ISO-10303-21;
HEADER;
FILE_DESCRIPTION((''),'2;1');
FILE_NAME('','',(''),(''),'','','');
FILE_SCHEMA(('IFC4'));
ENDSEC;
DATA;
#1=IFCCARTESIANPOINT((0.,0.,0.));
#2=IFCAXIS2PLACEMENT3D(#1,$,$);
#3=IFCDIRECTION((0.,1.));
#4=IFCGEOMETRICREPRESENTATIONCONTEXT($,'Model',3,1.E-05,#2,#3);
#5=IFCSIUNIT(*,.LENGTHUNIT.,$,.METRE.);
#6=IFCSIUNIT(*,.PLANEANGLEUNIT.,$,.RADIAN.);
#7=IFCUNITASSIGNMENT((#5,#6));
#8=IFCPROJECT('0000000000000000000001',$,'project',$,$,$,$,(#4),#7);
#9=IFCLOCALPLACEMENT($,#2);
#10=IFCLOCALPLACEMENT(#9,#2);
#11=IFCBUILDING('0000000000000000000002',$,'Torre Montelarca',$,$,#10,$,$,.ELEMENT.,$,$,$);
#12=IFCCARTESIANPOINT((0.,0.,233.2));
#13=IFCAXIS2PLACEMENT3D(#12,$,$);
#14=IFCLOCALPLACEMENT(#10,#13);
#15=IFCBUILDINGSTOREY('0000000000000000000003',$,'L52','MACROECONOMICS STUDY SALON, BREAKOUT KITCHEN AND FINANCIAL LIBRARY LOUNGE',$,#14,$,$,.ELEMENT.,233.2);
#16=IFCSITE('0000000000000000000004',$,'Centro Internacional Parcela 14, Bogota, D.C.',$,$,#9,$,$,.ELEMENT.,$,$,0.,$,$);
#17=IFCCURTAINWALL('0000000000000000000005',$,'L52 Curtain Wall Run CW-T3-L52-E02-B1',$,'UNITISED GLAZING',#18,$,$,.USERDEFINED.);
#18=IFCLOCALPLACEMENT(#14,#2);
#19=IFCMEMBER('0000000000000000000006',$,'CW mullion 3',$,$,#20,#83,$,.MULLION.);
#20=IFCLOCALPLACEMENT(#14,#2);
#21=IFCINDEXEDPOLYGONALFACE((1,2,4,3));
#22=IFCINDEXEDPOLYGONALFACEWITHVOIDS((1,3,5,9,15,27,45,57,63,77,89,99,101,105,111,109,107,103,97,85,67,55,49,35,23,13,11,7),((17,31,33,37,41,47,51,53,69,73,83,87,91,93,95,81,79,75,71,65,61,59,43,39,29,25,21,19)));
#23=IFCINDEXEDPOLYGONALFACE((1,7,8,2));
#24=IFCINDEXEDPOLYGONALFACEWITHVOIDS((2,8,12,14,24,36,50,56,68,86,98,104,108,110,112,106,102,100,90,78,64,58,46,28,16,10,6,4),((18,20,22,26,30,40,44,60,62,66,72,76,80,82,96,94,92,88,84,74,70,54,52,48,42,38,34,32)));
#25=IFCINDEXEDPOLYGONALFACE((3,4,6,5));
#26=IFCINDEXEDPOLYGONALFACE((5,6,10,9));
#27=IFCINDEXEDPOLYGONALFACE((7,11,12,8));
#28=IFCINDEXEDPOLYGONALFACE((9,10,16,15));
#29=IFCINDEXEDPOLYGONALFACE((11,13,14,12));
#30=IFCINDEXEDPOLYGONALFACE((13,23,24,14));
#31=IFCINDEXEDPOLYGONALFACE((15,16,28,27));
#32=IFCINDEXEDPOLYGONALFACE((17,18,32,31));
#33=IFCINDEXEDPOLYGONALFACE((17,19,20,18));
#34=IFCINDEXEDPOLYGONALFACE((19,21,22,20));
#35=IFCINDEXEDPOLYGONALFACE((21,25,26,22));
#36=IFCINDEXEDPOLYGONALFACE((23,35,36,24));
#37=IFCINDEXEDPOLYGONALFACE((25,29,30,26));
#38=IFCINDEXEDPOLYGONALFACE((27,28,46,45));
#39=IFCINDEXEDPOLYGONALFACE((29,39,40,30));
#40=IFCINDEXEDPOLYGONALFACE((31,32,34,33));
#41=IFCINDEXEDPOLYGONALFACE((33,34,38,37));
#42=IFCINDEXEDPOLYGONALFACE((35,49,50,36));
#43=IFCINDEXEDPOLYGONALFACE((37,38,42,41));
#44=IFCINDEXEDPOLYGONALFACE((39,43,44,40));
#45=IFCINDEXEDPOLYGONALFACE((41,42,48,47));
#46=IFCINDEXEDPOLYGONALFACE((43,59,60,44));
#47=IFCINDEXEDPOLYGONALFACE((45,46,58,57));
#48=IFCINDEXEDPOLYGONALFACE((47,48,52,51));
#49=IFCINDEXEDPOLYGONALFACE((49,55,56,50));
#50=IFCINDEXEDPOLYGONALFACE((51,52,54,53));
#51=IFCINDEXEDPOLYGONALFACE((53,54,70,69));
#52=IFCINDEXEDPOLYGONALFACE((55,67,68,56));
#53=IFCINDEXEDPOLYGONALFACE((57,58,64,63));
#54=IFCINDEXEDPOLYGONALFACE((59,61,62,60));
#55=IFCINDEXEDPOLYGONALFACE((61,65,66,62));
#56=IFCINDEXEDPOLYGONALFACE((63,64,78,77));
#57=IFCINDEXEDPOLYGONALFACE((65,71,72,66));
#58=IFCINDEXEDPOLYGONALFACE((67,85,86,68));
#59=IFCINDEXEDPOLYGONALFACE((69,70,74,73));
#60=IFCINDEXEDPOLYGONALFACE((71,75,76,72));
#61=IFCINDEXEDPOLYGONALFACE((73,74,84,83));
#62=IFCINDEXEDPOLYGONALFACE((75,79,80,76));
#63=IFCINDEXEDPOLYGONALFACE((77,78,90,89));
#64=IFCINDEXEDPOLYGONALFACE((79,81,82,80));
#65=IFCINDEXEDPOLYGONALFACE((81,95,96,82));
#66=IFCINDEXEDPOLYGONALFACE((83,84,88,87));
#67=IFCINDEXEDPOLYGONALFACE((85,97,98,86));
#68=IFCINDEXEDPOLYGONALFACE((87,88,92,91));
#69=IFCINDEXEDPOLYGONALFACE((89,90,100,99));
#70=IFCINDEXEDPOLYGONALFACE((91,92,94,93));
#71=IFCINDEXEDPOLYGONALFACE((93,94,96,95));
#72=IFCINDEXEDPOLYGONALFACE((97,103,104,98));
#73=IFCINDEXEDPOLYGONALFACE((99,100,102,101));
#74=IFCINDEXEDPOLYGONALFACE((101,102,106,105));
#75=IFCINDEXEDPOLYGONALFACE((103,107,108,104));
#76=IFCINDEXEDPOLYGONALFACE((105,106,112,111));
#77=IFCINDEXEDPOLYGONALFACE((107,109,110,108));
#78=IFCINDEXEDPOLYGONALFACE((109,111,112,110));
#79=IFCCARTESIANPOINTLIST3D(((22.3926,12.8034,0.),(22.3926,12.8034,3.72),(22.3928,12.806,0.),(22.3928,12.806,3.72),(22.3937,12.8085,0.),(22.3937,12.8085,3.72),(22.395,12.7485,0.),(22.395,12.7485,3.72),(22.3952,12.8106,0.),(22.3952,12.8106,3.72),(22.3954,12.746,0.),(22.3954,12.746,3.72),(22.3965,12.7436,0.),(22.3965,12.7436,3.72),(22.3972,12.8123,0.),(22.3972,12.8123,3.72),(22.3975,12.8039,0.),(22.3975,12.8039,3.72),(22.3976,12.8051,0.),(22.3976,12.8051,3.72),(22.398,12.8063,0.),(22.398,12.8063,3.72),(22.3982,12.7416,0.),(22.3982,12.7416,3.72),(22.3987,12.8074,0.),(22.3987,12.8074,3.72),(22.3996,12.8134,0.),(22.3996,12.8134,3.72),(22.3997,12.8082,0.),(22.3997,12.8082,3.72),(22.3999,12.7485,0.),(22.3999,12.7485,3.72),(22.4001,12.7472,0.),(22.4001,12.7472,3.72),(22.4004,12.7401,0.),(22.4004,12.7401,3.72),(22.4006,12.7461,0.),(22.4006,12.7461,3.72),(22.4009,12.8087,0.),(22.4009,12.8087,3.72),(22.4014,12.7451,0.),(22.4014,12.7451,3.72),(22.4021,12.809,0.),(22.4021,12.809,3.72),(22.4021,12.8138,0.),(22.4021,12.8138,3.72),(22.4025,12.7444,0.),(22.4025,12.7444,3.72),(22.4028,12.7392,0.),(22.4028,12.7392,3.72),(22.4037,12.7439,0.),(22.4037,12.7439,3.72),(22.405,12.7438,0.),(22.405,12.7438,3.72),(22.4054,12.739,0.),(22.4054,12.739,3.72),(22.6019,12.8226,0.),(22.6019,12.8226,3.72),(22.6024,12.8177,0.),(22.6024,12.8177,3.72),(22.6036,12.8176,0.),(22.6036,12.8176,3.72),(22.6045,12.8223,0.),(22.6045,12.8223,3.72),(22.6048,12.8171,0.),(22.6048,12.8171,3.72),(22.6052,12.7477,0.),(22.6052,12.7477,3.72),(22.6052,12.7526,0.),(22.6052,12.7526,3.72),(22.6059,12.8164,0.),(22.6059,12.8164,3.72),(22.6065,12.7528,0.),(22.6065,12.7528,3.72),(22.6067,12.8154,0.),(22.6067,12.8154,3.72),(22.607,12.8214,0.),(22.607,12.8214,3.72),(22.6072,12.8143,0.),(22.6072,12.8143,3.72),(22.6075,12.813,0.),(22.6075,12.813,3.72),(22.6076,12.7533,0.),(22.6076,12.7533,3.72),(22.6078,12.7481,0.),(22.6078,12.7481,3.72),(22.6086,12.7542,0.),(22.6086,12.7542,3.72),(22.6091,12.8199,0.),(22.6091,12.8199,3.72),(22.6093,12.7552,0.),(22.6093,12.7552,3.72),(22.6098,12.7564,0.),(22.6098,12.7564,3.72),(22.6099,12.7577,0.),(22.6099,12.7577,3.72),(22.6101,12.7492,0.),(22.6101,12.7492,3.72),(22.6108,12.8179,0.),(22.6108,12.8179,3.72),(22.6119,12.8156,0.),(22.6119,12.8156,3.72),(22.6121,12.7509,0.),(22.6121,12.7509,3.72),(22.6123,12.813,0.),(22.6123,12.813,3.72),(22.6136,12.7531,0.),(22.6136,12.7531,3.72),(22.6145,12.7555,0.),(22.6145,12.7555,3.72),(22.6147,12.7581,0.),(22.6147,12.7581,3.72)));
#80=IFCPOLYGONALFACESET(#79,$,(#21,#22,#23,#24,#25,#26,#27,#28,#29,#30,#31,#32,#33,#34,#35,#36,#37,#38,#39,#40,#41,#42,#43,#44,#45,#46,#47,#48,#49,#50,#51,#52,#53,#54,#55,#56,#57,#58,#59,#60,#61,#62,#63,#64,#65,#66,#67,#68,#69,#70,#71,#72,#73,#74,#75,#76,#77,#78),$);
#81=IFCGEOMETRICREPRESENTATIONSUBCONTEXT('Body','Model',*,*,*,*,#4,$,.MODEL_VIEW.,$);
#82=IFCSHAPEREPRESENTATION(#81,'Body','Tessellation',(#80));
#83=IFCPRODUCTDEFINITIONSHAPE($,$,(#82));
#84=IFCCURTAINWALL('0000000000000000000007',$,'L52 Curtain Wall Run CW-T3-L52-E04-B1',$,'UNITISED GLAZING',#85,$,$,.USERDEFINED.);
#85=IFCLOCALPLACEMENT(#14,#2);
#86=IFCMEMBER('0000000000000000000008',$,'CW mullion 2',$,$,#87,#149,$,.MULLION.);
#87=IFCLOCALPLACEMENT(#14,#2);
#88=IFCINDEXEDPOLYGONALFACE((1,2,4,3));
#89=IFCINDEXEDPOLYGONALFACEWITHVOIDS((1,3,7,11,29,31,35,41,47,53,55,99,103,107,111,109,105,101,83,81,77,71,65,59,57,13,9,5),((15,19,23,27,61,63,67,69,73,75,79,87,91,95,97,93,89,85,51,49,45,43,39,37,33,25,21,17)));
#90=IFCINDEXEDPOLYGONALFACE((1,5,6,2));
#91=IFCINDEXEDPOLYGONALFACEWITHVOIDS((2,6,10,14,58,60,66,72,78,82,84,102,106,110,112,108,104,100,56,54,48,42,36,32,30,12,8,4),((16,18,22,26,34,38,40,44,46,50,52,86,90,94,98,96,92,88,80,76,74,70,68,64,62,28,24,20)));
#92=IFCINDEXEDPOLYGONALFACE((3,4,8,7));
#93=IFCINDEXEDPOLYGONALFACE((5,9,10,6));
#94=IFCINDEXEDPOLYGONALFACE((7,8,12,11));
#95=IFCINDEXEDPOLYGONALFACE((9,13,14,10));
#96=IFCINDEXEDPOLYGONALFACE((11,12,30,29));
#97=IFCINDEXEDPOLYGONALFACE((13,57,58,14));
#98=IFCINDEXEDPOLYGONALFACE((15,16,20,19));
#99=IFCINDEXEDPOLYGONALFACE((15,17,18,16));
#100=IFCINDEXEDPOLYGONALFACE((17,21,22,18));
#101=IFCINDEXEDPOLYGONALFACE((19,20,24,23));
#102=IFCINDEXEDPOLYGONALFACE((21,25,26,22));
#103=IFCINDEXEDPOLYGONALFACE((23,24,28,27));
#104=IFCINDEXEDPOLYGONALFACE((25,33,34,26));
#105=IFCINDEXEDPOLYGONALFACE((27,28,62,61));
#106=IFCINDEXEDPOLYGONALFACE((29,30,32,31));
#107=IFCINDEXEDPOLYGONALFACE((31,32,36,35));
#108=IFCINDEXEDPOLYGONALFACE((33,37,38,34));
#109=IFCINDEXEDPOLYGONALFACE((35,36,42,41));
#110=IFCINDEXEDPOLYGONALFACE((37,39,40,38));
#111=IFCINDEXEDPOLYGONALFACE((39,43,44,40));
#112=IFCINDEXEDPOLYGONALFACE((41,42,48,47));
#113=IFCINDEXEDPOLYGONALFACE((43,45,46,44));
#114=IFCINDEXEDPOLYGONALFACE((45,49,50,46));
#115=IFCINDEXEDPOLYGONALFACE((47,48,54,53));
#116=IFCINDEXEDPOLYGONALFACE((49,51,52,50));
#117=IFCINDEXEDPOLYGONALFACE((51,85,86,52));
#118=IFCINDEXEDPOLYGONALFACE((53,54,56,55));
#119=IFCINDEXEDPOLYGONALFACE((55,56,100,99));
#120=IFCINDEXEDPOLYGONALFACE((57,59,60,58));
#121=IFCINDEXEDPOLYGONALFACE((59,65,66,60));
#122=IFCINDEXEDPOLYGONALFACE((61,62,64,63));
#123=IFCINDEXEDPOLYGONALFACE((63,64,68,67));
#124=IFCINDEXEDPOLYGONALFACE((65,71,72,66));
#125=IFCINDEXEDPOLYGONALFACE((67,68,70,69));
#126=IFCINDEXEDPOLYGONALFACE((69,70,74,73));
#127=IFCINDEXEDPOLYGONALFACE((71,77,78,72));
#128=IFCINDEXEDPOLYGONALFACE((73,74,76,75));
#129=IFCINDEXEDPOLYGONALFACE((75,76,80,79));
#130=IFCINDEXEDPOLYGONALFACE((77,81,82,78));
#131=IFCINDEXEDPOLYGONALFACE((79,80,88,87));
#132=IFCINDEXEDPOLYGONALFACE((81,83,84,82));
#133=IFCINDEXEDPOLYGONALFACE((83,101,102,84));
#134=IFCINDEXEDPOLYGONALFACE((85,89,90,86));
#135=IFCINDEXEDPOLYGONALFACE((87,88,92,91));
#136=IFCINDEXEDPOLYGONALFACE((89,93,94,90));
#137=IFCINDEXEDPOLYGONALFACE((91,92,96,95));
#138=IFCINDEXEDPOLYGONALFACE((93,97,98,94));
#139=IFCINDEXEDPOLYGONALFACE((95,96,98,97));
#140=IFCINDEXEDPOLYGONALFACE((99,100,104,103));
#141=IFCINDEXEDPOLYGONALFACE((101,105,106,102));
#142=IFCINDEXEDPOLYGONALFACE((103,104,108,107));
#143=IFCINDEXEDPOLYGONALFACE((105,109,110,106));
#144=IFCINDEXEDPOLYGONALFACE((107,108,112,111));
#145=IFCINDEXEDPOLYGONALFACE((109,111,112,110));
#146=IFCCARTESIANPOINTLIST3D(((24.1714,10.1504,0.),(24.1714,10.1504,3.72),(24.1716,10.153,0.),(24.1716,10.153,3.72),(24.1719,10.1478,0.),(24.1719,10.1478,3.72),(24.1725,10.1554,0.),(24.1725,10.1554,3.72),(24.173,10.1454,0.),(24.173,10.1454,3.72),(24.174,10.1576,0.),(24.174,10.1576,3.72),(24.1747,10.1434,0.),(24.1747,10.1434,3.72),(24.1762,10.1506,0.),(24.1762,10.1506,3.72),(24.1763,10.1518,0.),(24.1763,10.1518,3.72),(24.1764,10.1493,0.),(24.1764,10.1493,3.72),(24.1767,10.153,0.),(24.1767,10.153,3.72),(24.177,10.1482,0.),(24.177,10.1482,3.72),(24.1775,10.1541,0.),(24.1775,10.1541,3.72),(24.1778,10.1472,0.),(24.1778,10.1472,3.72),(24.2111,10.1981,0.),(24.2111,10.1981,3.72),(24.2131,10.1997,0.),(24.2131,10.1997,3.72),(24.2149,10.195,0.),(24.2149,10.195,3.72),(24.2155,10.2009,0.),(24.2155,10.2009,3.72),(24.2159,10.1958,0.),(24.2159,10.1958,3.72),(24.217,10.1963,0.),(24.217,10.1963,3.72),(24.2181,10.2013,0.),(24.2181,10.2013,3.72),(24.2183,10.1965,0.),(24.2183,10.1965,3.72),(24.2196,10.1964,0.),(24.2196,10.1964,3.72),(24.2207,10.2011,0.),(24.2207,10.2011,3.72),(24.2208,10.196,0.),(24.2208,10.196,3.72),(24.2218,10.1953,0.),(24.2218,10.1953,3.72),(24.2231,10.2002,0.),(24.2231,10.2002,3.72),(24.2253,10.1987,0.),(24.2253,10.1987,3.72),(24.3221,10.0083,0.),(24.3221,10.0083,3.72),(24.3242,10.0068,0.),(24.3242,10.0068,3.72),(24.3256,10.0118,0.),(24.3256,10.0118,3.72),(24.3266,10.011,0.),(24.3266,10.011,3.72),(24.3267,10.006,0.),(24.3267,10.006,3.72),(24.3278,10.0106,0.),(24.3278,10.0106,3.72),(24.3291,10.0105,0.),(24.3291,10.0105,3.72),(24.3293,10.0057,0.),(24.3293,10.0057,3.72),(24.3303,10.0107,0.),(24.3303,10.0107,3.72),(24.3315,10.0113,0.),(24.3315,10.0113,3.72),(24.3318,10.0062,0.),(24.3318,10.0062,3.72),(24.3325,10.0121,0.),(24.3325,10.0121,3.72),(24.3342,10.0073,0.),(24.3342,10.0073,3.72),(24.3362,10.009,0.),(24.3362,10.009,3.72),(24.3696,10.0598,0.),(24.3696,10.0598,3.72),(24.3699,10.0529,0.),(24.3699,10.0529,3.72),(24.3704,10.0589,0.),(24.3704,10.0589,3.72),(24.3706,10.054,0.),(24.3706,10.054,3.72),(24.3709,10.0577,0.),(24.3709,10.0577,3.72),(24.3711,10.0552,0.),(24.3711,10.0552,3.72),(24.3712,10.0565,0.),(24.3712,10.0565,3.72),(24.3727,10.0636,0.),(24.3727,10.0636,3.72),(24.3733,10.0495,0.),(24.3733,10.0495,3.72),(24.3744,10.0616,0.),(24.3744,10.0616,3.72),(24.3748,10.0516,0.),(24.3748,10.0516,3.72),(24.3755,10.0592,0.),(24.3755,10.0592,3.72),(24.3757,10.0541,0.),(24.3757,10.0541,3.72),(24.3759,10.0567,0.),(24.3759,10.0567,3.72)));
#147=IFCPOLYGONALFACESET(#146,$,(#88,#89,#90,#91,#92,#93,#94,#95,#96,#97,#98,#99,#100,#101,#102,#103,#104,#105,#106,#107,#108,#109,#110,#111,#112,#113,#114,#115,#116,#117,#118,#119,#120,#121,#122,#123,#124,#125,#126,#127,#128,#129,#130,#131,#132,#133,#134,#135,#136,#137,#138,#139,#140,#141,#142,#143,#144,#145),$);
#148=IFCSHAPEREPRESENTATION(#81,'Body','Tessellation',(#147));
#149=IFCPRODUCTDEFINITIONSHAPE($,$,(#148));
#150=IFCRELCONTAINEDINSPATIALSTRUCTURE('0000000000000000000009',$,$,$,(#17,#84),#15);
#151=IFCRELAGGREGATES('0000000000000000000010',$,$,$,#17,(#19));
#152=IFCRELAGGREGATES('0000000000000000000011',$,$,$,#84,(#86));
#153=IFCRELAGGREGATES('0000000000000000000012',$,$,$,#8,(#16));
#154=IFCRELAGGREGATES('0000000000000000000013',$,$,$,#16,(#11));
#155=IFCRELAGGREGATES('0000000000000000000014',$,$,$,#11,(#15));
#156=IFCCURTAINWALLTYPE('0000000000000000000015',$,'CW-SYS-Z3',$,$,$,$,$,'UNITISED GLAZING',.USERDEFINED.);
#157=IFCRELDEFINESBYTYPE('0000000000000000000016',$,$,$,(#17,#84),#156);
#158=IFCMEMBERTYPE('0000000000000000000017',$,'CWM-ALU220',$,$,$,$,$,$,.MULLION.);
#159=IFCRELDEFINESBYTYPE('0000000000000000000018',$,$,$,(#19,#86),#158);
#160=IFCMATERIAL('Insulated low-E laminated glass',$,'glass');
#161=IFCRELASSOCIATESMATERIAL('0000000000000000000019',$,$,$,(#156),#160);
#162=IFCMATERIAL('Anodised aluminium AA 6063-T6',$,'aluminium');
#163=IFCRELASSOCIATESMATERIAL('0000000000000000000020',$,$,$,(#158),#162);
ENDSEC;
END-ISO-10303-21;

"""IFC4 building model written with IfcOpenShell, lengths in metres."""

from ifc_helpers import new_model, si_unit, direction, frame, origin, origin_2d, place, context, subcontext, project, spatial, hollow_rectangle, extrude, source, transform, mapped, material, material_profile, profile_set, type_object, element, aggregate, save


model = new_model("IFC4")

# Units and contexts
model_context = context("Model", 3, precision=1e-05, world=origin(), true_north=direction((0.0, 1.0)))
body_context = subcontext(model_context, "Body", "Model", "MODEL_VIEW")
ifc_project = project(units=[si_unit("LENGTHUNIT", "METRE"), si_unit("PLANEANGLEUNIT", "RADIAN")], contexts=[model_context])

# Site, building, storey
site_placement = place(None, origin())
site = spatial("IfcSite", under=ifc_project, at=site_placement, Name="Centro Internacional Parcela 14, Bogota, D.C.", CompositionType="ELEMENT", RefElevation=0.0)
building_placement = place(site_placement, origin())
building = spatial("IfcBuilding", under=site, at=building_placement, Name="Torre Montelarca", CompositionType="ELEMENT")
storey_placement = place(building_placement, frame((0.0, 0.0, 233.2)))
storey = spatial("IfcBuildingStorey", under=building, at=storey_placement, Name="L52", Description="MACROECONOMICS STUDY SALON, BREAKOUT KITCHEN AND FINANCIAL LIBRARY LOUNGE", CompositionType="ELEMENT", Elevation=233.2)

# Shared definitions
ifc_material_1 = material(Name="Insulated low-E laminated glass", Category="glass")
curtain_wall_type = type_object("IfcCurtainWallType", Name="CW-SYS-Z3", ElementType="UNITISED GLAZING", PredefinedType="USERDEFINED", material=ifc_material_1)
ifc_material_2 = material(Name="Anodised aluminium AA 6063-T6", Category="aluminium")

# Curtain wall, member
curtain_wall_1_placement = place(storey_placement, origin())
curtain_wall_1 = element("IfcCurtainWall", 1, at=curtain_wall_1_placement, inside=storey, type_object=curtain_wall_type, Name="L52 Curtain Wall Run CW-T3-L52-E02-B1", ObjectType="UNITISED GLAZING", PredefinedType="USERDEFINED")
ifc_material_profile_1 = material_profile(ifc_material_2, hollow_rectangle(XDim=0.075, YDim=0.22, WallThickness=0.0049, InnerFilletRadius=0.0049, OuterFilletRadius=0.01, at=origin_2d()), Name="ALU75X220X5", Category="aluminium")
ifc_profile_set_1 = profile_set([ifc_material_profile_1], Name="Anodised aluminium AA 6063-T6")
member_type_1 = type_object("IfcMemberType", Name="CWM-ALU220", PredefinedType="MULLION", material=ifc_profile_set_1)
shared_shape_1 = source(origin(), body_context, "Body", "SweptSolid", [
    extrude(hollow_rectangle(XDim=0.075, YDim=0.22, WallThickness=0.0049, InnerFilletRadius=0.0049, OuterFilletRadius=0.01, at=origin_2d()), origin(), (0.0, 0.0, 1.0), 3.72),
])
member_1_placement = place(storey_placement, frame((22.5037, 12.7808, 0.0), z_axis=(0.0, 0.0, 1.0), x_axis=(-0.043625, 0.999048, 0.0)))
member_1 = element("IfcMember", 2, at=member_1_placement, type_object=member_type_1, Name="CW mullion 3", PredefinedType="MULLION", context=body_context, shape_type="MappedRepresentation", body=[
    mapped(shared_shape_1, transform((0.0, 0.0, 0.0), scale=1.0)),
])
aggregate(curtain_wall_1, [member_1])

# Curtain wall, member
curtain_wall_2_placement = place(storey_placement, origin())
curtain_wall_2 = element("IfcCurtainWall", 3, at=curtain_wall_2_placement, inside=storey, type_object=curtain_wall_type, Name="L52 Curtain Wall Run CW-T3-L52-E04-B1", ObjectType="UNITISED GLAZING", PredefinedType="USERDEFINED")
member_2_placement = place(storey_placement, frame((24.2737, 10.1035, 0.0), z_axis=(0.0, 0.0, 1.0), x_axis=(0.675572, 0.737294, 0.0)))
member_2 = element("IfcMember", 4, at=member_2_placement, type_object=member_type_1, Name="CW mullion 2", PredefinedType="MULLION", context=body_context, shape_type="MappedRepresentation", body=[
    mapped(shared_shape_1, transform((0.0, 0.0, 0.0), scale=1.0)),
])

aggregate(curtain_wall_2, [member_2])

save(model, "model.ifc")
